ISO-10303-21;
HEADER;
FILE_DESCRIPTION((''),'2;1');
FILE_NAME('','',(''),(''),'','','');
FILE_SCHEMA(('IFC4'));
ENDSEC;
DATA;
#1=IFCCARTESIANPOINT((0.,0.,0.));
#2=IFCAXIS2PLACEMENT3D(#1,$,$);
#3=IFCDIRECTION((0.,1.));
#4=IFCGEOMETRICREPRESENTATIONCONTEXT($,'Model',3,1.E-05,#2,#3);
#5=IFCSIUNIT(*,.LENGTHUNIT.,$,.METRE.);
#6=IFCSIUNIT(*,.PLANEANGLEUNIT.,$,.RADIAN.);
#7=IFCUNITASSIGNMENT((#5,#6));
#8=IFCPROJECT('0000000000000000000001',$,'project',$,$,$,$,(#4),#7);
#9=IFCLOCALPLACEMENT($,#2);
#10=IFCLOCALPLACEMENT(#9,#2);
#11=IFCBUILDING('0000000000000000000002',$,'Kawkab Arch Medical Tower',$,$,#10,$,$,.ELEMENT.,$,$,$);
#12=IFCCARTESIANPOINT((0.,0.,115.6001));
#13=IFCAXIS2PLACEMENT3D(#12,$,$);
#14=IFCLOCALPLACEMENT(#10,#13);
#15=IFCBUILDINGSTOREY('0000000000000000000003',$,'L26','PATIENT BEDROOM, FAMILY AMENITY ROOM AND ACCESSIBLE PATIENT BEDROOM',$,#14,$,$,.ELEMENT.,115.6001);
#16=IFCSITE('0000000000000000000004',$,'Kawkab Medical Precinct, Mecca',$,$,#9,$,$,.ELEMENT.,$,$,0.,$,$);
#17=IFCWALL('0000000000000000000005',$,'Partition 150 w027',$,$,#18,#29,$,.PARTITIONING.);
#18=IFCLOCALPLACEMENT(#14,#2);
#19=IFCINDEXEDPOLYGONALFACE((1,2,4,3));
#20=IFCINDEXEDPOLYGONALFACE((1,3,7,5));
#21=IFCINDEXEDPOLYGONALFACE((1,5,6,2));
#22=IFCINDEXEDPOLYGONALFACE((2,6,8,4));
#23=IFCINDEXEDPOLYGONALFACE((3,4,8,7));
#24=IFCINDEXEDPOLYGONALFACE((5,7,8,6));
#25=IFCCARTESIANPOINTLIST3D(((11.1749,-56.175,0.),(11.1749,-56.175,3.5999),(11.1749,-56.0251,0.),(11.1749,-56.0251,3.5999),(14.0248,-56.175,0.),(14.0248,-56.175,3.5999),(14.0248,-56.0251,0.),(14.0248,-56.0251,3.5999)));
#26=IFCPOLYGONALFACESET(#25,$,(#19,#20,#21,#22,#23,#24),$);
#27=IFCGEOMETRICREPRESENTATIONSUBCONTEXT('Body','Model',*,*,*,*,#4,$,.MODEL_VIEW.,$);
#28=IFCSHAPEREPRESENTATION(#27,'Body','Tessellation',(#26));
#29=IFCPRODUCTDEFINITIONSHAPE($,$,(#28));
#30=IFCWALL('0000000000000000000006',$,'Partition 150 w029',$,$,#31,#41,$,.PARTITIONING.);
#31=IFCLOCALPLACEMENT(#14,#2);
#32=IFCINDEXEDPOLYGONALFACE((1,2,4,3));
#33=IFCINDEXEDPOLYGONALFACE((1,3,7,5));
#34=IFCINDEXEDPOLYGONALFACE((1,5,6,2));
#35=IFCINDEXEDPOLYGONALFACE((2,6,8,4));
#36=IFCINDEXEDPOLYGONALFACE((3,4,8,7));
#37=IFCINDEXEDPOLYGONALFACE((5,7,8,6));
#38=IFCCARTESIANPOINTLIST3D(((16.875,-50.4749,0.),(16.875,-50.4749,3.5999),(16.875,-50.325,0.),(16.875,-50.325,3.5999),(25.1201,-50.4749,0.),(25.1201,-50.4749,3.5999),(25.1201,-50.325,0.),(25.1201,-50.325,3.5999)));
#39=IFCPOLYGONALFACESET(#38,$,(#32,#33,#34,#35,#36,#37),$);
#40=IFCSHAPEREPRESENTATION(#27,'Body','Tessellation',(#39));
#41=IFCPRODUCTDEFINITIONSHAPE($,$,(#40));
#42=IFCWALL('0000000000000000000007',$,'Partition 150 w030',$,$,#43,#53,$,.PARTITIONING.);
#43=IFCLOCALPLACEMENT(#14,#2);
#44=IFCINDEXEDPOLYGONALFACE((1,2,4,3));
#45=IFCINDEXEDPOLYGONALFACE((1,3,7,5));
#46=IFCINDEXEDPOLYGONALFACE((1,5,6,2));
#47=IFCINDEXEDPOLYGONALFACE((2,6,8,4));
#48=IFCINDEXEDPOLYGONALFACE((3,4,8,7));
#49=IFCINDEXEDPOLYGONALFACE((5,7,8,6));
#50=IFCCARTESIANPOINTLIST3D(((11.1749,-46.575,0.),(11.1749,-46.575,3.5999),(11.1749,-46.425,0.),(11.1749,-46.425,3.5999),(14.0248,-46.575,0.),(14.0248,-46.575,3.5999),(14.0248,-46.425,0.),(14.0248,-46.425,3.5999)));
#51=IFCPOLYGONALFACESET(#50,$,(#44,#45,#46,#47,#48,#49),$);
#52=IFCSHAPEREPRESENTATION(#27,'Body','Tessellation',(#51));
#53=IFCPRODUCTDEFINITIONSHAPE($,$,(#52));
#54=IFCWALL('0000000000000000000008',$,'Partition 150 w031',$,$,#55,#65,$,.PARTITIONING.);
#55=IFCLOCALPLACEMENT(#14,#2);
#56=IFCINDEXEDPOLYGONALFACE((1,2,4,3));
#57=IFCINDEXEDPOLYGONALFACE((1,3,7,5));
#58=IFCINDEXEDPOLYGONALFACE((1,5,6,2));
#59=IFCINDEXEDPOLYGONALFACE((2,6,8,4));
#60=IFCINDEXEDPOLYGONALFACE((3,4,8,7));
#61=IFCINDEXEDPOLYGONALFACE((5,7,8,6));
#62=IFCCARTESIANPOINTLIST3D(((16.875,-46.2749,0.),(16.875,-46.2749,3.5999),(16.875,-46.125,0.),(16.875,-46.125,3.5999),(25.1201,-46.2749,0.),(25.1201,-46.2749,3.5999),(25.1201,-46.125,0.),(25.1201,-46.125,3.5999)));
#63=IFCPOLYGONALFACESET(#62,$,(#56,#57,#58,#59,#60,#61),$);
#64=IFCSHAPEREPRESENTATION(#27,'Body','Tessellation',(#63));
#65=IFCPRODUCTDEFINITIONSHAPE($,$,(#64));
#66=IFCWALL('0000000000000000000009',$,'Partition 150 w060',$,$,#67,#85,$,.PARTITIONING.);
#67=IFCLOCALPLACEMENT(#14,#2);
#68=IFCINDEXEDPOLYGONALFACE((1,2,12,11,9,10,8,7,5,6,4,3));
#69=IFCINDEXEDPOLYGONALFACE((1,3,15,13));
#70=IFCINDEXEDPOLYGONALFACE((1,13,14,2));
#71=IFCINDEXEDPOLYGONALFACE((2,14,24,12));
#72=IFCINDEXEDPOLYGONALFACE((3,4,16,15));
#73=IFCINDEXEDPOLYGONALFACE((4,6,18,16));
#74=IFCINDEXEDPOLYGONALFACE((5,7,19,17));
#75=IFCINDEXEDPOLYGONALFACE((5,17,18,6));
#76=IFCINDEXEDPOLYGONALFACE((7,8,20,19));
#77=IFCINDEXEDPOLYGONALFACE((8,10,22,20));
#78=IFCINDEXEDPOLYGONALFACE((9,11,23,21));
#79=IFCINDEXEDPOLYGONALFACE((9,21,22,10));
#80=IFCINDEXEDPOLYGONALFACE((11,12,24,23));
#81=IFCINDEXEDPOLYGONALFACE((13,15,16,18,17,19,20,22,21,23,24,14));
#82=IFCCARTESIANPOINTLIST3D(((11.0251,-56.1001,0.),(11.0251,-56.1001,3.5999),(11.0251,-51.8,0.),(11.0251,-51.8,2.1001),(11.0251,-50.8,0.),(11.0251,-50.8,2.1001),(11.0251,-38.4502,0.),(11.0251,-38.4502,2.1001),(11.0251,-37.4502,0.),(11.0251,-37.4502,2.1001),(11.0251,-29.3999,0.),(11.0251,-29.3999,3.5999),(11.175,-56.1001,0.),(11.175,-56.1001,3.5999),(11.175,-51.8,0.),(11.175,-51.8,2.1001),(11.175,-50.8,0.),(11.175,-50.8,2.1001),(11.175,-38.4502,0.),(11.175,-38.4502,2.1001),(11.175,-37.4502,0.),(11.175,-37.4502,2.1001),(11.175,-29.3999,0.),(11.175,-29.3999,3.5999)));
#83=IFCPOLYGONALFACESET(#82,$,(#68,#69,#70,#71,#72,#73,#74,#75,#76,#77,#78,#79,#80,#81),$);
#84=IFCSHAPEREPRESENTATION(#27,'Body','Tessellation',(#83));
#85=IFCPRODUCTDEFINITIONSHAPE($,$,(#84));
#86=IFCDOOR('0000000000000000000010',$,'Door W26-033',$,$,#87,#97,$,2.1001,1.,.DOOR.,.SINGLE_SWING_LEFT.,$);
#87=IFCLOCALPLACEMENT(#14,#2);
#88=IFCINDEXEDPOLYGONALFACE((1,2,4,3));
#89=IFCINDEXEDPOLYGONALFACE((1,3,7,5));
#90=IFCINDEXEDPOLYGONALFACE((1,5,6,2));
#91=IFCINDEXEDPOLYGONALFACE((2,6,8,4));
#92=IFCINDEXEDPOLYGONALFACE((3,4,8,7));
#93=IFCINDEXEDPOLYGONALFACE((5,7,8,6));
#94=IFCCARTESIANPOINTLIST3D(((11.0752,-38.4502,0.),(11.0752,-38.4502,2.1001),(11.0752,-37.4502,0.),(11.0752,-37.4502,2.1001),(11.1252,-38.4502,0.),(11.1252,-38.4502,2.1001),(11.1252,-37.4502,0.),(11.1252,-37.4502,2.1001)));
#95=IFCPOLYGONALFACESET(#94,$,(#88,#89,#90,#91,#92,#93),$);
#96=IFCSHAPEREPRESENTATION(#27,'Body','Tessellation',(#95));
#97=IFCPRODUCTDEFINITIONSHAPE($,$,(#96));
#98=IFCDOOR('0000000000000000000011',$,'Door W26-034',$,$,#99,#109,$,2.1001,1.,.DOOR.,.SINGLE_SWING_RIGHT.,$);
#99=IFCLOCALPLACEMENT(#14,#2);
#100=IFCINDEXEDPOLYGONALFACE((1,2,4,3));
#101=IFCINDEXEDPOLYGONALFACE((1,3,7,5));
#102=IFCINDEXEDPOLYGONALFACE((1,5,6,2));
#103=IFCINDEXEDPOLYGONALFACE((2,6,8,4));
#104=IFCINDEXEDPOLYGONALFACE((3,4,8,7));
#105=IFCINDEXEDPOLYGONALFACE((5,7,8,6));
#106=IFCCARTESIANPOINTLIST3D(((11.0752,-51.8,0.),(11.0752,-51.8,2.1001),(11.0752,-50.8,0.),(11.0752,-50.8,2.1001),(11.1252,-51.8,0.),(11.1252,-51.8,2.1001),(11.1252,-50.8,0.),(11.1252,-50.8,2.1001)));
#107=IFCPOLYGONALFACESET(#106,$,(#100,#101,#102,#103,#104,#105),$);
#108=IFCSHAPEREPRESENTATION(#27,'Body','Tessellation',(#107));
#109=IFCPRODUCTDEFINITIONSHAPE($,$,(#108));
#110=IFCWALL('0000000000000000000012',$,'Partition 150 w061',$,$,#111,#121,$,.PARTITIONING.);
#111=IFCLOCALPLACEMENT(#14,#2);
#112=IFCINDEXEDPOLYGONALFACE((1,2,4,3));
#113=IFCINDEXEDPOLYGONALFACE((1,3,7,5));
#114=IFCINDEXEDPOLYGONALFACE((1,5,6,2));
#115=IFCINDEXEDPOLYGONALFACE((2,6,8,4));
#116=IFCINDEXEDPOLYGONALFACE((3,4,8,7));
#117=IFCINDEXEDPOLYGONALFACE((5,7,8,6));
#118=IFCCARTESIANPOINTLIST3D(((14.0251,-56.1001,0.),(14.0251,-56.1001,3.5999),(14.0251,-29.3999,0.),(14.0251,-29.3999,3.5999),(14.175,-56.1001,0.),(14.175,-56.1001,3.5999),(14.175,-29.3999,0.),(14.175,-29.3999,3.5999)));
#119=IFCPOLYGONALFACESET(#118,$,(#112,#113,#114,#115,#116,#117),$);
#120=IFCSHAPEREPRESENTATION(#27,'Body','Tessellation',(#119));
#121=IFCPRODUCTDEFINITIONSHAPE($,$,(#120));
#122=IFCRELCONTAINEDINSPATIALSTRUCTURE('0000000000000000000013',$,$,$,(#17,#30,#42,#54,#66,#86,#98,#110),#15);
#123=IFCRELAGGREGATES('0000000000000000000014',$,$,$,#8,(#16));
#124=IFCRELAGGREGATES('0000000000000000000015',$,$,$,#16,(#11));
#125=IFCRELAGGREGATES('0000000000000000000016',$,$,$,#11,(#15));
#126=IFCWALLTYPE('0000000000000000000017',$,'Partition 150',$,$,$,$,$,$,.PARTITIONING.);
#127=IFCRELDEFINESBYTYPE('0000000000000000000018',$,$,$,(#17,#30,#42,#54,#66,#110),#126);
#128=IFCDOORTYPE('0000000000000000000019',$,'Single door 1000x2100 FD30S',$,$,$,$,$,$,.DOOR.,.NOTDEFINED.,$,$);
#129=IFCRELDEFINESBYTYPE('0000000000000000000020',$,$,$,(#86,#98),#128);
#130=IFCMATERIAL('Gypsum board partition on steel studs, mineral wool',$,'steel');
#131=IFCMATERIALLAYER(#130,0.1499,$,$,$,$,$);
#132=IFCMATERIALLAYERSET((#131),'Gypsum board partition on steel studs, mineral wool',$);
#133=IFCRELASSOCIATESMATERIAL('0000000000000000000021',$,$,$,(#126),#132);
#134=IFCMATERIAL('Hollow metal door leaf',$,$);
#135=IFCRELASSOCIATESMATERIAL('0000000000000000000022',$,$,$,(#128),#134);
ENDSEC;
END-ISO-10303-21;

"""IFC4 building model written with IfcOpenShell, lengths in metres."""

from ifc_helpers import new_model, si_unit, direction, frame, frame_2d, origin, place, context, subcontext, project, spatial, rectangle, extrude, material, layer, layer_set, type_object, element, fill, save


model = new_model("IFC4")

# Units and contexts
model_context = context("Model", 3, precision=1e-05, world=origin(), true_north=direction((0.0, 1.0)))
body_context = subcontext(model_context, "Body", "Model", "MODEL_VIEW")
ifc_project = project(units=[si_unit("LENGTHUNIT", "METRE"), si_unit("PLANEANGLEUNIT", "RADIAN")], contexts=[model_context])

# Site, building, storey
site_placement = place(None, origin())
site = spatial("IfcSite", under=ifc_project, at=site_placement, Name="Kawkab Medical Precinct, Mecca", CompositionType="ELEMENT", RefElevation=0.0)
building_placement = place(site_placement, origin())
building = spatial("IfcBuilding", under=site, at=building_placement, Name="Kawkab Arch Medical Tower", CompositionType="ELEMENT")
storey_placement = place(building_placement, frame((0.0, 0.0, 115.6001)))
storey = spatial("IfcBuildingStorey", under=building, at=storey_placement, Name="L26", Description="PATIENT BEDROOM, FAMILY AMENITY ROOM AND ACCESSIBLE PATIENT BEDROOM", CompositionType="ELEMENT", Elevation=115.6001)

# Walls
ifc_material_1 = material(Name="Gypsum board partition on steel studs, mineral wool", Category="steel")
ifc_layer_1 = layer(ifc_material_1, 0.1499)
ifc_layer_set_1 = layer_set([ifc_layer_1], Name="Gypsum board partition on steel studs, mineral wool")
wall_type_1 = type_object("IfcWallType", Name="Partition 150", PredefinedType="PARTITIONING", material=ifc_layer_set_1)
wall_1_placement = place(storey_placement, frame((11.175, -56.1001, 0.0), z_axis=(0.0, 0.0, 1.0), x_axis=(1.0, 0.0, 0.0)))
element("IfcWall", 1, at=wall_1_placement, inside=storey, type_object=wall_type_1, Name="Partition 150 w027", PredefinedType="PARTITIONING", context=body_context, shape_type="SweptSolid", body=[
    extrude(rectangle(XDim=2.8499, YDim=0.1499, at=frame_2d((1.4248, 0.0))), origin(), (0.0, 0.0, 1.0), 3.5999),
])
wall_2_placement = place(storey_placement, frame((16.875, -50.3999, 0.0), z_axis=(0.0, 0.0, 1.0), x_axis=(1.0, 0.0, 0.0)))
element("IfcWall", 2, at=wall_2_placement, inside=storey, type_object=wall_type_1, Name="Partition 150 w029", PredefinedType="PARTITIONING", context=body_context, shape_type="SweptSolid", body=[
    extrude(rectangle(XDim=8.2451, YDim=0.1499, at=frame_2d((4.1226, 0.0))), origin(), (0.0, 0.0, 1.0), 3.5999),
])
wall_3_placement = place(storey_placement, frame((11.175, -46.5, 0.0), z_axis=(0.0, 0.0, 1.0), x_axis=(1.0, 0.0, 0.0)))
element("IfcWall", 3, at=wall_3_placement, inside=storey, type_object=wall_type_1, Name="Partition 150 w030", PredefinedType="PARTITIONING", context=body_context, shape_type="SweptSolid", body=[
    extrude(rectangle(XDim=2.8499, YDim=0.1499, at=frame_2d((1.4248, 0.0))), origin(), (0.0, 0.0, 1.0), 3.5999),
])
wall_4_placement = place(storey_placement, frame((16.875, -46.2, 0.0), z_axis=(0.0, 0.0, 1.0), x_axis=(1.0, 0.0, 0.0)))
element("IfcWall", 4, at=wall_4_placement, inside=storey, type_object=wall_type_1, Name="Partition 150 w031", PredefinedType="PARTITIONING", context=body_context, shape_type="SweptSolid", body=[
    extrude(rectangle(XDim=8.2451, YDim=0.1499, at=frame_2d((4.1226, 0.0))), origin(), (0.0, 0.0, 1.0), 3.5999),
])

# Wall, openings, doors
wall_5_placement = place(storey_placement, frame((11.1001, -56.1001, 0.0), z_axis=(0.0, 0.0, 1.0), x_axis=(0.0, 1.0, 0.0)))
wall_5 = element("IfcWall", 5, at=wall_5_placement, inside=storey, type_object=wall_type_1, Name="Partition 150 w060", PredefinedType="PARTITIONING", context=body_context, shape_type="SweptSolid", body=[
    extrude(rectangle(XDim=26.7002, YDim=0.1499, at=frame_2d((13.3501, 0.0))), origin(), (0.0, 0.0, 1.0), 3.5999),
])
opening_1_placement = place(wall_5_placement, frame((17.6499, 0.0, 0.0)))
opening_1 = element("IfcOpeningElement", 6, at=opening_1_placement, cuts=wall_5, PredefinedType="OPENING", context=body_context, shape_type="SweptSolid", body=[
    extrude(rectangle(XDim=1.0, YDim=2.1001, at=frame_2d((0.5, 1.05))), frame((0.0, 0.085, 0.0), z_axis=(0.0, -1.0, 0.0), x_axis=(1.0, 0.0, 0.0)), (0.0, 0.0, 1.0), 0.1699),
])
opening_2_placement = place(wall_5_placement, frame((4.3, 0.0, 0.0)))
opening_2 = element("IfcOpeningElement", 7, at=opening_2_placement, cuts=wall_5, PredefinedType="OPENING", context=body_context, shape_type="SweptSolid", body=[
    extrude(rectangle(XDim=1.0, YDim=2.1001, at=frame_2d((0.5, 1.05))), frame((0.0, 0.085, 0.0), z_axis=(0.0, -1.0, 0.0), x_axis=(1.0, 0.0, 0.0)), (0.0, 0.0, 1.0), 0.1699),
])
ifc_material_2 = material(Name="Hollow metal door leaf")
door_type_1 = type_object("IfcDoorType", Name="Single door 1000x2100 FD30S", OperationType="NOTDEFINED", PredefinedType="DOOR", material=ifc_material_2)
door_1_placement = place(opening_1_placement, origin())
door_1 = element("IfcDoor", 8, at=door_1_placement, inside=storey, type_object=door_type_1, Name="Door W26-033", OperationType="SINGLE_SWING_LEFT", OverallHeight=2.1001, OverallWidth=1.0, PredefinedType="DOOR", context=body_context, shape_type="SweptSolid", body=[
    extrude(rectangle(XDim=1.0, YDim=2.1001, at=frame_2d((0.5, 1.05))), frame((0.0, 0.0249, 0.0), z_axis=(0.0, -1.0, 0.0), x_axis=(1.0, 0.0, 0.0)), (0.0, 0.0, 1.0), 0.05),
])
fill(opening_1, door_1)
door_2_placement = place(opening_2_placement, origin())
door_2 = element("IfcDoor", 9, at=door_2_placement, inside=storey, type_object=door_type_1, Name="Door W26-034", OperationType="SINGLE_SWING_RIGHT", OverallHeight=2.1001, OverallWidth=1.0, PredefinedType="DOOR", context=body_context, shape_type="SweptSolid", body=[
    extrude(rectangle(XDim=1.0, YDim=2.1001, at=frame_2d((0.5, 1.05))), frame((0.0, 0.0249, 0.0), z_axis=(0.0, -1.0, 0.0), x_axis=(1.0, 0.0, 0.0)), (0.0, 0.0, 1.0), 0.05),
])
fill(opening_2, door_2)

# Wall
wall_6_placement = place(storey_placement, frame((14.1001, -56.1001, 0.0), z_axis=(0.0, 0.0, 1.0), x_axis=(0.0, 1.0, 0.0)))
element("IfcWall", 10, at=wall_6_placement, inside=storey, type_object=wall_type_1, Name="Partition 150 w061", PredefinedType="PARTITIONING", context=body_context, shape_type="SweptSolid", body=[
    extrude(rectangle(XDim=26.7002, YDim=0.1499, at=frame_2d((13.3501, 0.0))), origin(), (0.0, 0.0, 1.0), 3.5999),
])

save(model, "model.ifc")
